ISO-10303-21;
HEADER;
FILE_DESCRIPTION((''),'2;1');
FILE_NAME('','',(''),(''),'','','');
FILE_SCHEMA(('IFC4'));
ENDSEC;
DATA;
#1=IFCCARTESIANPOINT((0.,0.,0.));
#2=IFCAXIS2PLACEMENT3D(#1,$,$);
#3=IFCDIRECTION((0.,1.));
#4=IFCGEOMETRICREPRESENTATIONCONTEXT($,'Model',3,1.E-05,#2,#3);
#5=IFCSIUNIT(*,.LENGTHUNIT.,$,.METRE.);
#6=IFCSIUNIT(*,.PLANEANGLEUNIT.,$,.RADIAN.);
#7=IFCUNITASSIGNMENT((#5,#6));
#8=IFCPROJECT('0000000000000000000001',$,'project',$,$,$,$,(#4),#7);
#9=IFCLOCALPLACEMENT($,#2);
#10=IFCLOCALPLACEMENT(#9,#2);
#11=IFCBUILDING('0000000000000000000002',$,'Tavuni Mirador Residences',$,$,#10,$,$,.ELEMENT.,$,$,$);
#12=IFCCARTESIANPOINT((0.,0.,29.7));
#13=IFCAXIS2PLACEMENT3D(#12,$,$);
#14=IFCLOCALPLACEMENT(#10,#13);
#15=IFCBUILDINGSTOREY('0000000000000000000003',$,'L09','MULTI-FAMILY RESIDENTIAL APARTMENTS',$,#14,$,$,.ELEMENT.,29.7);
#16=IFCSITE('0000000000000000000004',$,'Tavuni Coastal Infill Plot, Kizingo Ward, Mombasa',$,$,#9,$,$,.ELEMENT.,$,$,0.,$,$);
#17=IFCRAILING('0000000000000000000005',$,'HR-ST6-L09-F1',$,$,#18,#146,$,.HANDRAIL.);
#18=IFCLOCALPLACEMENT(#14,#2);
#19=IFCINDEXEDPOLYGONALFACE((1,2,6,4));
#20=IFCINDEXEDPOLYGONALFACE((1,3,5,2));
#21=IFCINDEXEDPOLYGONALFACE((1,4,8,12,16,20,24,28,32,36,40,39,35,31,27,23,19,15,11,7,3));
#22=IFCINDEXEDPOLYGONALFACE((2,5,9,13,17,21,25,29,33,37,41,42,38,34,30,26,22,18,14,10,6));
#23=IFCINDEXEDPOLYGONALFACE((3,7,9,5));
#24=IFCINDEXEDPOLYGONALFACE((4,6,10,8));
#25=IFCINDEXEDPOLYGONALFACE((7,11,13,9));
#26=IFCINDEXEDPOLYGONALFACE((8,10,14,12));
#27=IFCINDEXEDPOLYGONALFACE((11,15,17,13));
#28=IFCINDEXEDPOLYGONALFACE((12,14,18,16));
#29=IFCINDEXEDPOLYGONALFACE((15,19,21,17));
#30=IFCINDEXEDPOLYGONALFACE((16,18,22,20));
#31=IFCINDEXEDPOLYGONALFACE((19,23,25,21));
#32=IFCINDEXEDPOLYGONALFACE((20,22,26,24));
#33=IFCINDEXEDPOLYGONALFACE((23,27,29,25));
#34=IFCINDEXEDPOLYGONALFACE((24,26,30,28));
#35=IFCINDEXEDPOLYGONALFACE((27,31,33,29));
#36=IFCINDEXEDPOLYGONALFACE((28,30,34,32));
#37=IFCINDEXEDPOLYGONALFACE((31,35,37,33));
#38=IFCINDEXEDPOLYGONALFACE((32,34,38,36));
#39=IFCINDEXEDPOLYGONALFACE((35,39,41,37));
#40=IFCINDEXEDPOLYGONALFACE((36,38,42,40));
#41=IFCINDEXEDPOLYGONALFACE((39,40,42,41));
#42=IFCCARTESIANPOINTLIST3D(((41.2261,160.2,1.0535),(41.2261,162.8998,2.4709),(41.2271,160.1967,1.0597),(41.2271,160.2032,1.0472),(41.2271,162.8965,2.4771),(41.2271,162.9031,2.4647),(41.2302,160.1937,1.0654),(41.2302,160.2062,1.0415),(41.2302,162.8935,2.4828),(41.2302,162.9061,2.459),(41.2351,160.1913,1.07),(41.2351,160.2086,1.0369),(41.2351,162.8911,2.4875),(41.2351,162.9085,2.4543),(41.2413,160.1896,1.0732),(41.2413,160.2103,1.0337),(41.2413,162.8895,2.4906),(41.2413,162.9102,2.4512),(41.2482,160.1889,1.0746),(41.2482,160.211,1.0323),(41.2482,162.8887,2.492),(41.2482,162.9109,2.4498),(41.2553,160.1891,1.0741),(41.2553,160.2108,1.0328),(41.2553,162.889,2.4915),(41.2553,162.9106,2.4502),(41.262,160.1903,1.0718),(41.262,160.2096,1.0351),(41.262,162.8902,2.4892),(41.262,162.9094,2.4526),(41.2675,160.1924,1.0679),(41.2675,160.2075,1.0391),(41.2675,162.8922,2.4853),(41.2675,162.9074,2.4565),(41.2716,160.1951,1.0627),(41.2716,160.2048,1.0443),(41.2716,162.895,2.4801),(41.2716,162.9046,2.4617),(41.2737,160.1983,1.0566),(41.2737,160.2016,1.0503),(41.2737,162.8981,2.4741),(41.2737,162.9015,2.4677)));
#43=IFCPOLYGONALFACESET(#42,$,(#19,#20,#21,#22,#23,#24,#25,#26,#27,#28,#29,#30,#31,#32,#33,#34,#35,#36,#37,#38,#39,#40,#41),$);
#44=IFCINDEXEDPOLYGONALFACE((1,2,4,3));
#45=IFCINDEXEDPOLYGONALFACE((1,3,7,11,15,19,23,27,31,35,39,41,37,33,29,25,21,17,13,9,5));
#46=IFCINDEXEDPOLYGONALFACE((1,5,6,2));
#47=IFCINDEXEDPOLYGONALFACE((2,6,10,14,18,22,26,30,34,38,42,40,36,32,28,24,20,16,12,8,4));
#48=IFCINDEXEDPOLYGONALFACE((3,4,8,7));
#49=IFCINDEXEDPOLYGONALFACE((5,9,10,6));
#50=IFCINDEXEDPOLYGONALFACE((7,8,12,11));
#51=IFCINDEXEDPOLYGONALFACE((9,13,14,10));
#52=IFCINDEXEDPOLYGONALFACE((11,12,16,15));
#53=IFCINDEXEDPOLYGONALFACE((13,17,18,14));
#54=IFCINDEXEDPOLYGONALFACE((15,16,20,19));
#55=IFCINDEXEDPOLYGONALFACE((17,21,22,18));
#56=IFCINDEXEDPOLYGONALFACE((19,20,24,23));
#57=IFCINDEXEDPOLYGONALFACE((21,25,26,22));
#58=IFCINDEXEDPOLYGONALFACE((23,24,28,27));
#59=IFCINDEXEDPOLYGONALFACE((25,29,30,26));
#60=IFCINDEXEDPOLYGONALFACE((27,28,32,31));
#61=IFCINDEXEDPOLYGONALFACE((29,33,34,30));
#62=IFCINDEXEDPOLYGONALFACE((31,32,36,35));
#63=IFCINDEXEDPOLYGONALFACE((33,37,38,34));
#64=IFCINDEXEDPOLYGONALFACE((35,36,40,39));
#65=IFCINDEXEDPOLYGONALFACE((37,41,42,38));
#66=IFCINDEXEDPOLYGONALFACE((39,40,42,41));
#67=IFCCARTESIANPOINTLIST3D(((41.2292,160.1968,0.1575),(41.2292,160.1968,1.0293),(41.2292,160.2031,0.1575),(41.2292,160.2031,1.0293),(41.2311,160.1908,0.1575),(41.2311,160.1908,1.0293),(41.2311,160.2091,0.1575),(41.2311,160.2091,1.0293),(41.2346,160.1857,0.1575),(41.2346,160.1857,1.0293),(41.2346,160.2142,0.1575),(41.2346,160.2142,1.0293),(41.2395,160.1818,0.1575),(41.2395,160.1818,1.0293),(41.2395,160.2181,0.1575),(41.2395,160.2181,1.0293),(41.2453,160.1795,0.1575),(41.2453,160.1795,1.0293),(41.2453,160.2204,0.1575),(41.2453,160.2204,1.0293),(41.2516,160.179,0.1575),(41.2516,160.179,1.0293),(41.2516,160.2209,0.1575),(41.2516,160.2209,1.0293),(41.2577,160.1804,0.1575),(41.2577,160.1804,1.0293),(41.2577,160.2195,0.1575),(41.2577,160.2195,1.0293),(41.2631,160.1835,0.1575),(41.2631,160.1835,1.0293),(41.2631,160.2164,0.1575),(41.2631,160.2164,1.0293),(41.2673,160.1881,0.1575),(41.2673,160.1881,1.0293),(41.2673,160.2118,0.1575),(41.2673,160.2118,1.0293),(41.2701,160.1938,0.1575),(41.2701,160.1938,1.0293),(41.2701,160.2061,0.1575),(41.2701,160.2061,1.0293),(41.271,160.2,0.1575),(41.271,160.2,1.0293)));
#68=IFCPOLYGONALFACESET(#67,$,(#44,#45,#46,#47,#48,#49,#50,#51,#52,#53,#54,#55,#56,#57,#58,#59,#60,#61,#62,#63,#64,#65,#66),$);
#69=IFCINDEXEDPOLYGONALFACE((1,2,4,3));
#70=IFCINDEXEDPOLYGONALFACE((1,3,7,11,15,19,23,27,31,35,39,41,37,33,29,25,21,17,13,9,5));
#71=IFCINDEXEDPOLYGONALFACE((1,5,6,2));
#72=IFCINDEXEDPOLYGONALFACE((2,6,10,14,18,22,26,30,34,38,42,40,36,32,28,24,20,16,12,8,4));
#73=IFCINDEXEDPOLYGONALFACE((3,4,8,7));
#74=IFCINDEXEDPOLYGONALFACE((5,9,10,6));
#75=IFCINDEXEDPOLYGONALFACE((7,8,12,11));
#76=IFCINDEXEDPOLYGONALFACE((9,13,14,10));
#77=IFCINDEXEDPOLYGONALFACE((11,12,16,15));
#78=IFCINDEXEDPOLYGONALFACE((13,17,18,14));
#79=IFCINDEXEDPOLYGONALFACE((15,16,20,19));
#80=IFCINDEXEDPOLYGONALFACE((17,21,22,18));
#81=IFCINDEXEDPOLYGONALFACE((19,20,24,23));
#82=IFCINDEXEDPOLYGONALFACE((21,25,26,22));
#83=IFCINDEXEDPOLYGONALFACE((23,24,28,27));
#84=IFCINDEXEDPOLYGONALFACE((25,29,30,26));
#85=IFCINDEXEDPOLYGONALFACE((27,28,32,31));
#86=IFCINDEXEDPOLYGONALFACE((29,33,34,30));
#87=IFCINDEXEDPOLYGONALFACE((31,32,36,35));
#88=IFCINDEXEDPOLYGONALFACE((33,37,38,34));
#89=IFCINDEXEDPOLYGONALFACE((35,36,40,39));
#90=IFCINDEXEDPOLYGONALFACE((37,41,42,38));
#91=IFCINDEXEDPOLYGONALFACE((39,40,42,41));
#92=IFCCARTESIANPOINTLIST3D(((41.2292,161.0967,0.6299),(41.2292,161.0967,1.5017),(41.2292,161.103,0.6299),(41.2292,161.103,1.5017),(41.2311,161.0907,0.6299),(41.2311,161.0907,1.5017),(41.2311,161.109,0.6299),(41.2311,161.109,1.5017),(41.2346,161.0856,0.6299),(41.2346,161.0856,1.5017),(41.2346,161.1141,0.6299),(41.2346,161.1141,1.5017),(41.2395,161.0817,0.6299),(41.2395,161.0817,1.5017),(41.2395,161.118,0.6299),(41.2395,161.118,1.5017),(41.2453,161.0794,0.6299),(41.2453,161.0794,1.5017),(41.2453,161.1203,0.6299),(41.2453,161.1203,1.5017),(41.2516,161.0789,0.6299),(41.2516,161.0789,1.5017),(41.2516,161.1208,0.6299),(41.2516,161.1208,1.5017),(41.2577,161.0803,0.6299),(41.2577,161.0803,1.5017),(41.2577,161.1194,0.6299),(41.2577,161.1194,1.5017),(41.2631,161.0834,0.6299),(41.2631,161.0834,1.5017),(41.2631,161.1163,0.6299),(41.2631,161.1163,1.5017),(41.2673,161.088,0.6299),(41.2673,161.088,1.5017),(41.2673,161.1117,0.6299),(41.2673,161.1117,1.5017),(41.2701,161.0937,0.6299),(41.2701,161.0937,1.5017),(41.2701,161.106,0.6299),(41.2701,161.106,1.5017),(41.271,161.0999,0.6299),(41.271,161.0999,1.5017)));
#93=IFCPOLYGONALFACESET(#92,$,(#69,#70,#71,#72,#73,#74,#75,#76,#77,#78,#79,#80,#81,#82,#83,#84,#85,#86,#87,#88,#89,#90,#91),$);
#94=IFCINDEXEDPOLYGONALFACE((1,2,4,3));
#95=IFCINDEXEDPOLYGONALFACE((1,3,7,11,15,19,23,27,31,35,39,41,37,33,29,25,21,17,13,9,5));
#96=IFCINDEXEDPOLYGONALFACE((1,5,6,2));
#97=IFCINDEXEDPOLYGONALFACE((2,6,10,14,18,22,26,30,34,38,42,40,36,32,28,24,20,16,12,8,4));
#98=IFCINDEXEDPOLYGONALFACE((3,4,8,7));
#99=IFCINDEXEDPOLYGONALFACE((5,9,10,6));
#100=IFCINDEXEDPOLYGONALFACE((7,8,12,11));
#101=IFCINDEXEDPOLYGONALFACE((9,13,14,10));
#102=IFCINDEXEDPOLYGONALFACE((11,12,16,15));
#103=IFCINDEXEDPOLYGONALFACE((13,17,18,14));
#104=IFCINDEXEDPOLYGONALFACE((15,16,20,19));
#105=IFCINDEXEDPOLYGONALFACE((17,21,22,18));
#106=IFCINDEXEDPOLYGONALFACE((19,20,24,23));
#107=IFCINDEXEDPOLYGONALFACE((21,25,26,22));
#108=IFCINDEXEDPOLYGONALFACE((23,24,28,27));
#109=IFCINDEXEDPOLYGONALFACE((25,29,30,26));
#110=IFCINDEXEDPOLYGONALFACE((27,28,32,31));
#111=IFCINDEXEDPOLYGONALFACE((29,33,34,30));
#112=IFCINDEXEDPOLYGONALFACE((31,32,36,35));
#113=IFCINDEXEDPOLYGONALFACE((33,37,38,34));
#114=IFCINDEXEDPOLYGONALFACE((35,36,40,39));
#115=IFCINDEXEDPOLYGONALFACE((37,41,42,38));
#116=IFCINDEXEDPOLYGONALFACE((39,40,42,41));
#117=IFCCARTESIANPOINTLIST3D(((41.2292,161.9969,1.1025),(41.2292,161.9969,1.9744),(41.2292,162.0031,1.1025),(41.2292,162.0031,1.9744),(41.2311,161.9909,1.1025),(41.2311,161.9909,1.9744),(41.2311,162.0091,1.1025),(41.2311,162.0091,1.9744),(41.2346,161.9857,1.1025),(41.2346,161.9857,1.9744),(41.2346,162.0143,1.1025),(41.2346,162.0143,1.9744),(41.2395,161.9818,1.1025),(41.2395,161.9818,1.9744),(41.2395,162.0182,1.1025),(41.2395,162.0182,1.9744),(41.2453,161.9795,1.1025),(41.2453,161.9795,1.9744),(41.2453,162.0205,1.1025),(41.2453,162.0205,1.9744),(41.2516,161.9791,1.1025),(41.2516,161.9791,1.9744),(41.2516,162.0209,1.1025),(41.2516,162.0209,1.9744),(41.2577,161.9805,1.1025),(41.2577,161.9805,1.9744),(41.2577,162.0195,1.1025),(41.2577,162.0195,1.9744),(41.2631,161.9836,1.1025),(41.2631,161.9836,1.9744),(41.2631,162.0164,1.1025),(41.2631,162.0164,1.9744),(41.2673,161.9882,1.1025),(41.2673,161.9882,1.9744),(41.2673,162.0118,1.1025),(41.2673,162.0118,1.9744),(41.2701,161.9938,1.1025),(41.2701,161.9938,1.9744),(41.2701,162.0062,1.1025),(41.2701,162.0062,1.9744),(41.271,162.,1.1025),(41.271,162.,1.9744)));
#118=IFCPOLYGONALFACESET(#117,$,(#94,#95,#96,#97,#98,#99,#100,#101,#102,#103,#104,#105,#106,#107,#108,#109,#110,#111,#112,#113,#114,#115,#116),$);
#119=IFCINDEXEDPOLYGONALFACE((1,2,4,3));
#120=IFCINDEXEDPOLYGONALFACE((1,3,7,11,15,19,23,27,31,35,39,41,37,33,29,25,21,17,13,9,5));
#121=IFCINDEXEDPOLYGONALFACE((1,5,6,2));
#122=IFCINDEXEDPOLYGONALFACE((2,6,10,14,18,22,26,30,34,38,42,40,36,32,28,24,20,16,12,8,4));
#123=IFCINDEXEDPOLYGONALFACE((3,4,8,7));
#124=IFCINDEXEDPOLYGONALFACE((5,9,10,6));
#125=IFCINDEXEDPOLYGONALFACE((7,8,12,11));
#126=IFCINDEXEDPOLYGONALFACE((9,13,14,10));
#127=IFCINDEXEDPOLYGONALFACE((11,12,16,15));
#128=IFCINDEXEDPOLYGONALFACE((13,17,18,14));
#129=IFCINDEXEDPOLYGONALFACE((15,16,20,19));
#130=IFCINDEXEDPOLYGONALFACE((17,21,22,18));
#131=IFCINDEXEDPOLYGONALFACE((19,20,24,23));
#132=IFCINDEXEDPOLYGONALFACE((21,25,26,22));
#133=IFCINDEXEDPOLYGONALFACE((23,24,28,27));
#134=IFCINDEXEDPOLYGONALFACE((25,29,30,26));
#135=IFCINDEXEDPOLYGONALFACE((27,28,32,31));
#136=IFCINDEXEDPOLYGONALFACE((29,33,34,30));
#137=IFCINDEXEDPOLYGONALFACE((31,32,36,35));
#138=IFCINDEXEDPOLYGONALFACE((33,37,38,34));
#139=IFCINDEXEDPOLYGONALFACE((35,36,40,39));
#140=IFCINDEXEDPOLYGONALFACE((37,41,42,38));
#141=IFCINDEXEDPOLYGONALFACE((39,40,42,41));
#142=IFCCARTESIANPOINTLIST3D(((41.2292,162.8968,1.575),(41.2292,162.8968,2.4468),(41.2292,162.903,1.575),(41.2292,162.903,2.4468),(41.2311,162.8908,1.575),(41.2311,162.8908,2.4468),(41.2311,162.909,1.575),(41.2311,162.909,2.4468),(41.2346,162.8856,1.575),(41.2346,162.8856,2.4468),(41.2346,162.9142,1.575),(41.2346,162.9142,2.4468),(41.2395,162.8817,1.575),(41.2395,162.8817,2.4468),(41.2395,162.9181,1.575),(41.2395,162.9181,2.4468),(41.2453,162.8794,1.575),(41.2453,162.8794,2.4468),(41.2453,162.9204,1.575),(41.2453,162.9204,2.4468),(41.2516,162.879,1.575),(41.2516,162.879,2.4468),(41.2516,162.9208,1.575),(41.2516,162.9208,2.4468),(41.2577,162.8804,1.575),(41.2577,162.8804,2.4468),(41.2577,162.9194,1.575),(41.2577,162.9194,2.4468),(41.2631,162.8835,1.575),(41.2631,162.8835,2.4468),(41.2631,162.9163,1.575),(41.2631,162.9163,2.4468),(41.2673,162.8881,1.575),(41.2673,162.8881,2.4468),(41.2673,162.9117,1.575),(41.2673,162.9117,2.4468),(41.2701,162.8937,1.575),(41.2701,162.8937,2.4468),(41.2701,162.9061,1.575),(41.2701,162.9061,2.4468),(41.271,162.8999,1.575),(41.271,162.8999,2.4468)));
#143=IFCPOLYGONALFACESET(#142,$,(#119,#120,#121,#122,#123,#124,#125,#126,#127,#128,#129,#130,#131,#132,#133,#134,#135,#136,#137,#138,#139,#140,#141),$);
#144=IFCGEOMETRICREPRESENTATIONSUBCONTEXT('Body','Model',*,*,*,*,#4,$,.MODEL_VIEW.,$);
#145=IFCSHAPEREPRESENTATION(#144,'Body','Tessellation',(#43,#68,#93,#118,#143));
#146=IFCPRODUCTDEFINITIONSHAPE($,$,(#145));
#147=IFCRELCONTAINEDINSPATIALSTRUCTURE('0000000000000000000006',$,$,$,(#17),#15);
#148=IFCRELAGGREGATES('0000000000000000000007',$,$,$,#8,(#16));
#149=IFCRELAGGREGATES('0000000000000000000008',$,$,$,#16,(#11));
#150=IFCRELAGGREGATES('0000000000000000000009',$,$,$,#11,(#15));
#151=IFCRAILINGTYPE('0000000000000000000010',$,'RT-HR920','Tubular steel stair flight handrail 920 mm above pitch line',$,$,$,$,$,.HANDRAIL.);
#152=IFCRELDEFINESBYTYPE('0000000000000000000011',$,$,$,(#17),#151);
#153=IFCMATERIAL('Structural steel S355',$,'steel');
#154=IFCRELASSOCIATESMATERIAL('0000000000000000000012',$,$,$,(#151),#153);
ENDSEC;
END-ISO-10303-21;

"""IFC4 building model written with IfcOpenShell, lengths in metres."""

from ifc_helpers import new_model, si_unit, direction, frame, origin, origin_2d, place, context, subcontext, project, spatial, circle, extrude, material, type_object, element, save


model = new_model("IFC4")

# Units and contexts
model_context = context("Model", 3, precision=1e-05, world=origin(), true_north=direction((0.0, 1.0)))
body_context = subcontext(model_context, "Body", "Model", "MODEL_VIEW")
ifc_project = project(units=[si_unit("LENGTHUNIT", "METRE"), si_unit("PLANEANGLEUNIT", "RADIAN")], contexts=[model_context])

# Site, building, storey
site_placement = place(None, origin())
site = spatial("IfcSite", under=ifc_project, at=site_placement, Name="Tavuni Coastal Infill Plot, Kizingo Ward, Mombasa", CompositionType="ELEMENT", RefElevation=0.0)
building_placement = place(site_placement, origin())
building = spatial("IfcBuilding", under=site, at=building_placement, Name="Tavuni Mirador Residences", CompositionType="ELEMENT")
storey_placement = place(building_placement, frame((0.0, 0.0, 29.7)))
storey = spatial("IfcBuildingStorey", under=building, at=storey_placement, Name="L09", Description="MULTI-FAMILY RESIDENTIAL APARTMENTS", CompositionType="ELEMENT", Elevation=29.7)

# Shared definitions
ifc_material_1 = material(Name="Structural steel S355", Category="steel")

# Railing
railing_type_1 = type_object("IfcRailingType", Name="RT-HR920", Description="Tubular steel stair flight handrail 920 mm above pitch line", PredefinedType="HANDRAIL", material=ifc_material_1)
railing_1_placement = place(storey_placement, frame((41.25, 160.2, 0.1575)))
element("IfcRailing", 1, at=railing_1_placement, inside=storey, type_object=railing_type_1, Name="HR-ST6-L09-F1", PredefinedType="HANDRAIL", context=body_context, shape_type="SweptSolid", body=[
    extrude(circle(Radius=0.0239, at=origin_2d()), frame((0.0, 0.0, 0.896), z_axis=(0.0, 0.885397, 0.464835), x_axis=(-1.0, 0.0, 0.0)), (0.0, 0.0, 1.0), 3.0493),
    extrude(circle(Radius=0.021, at=origin_2d()), origin(), (0.0, 0.0, 1.0), 0.8718),
    extrude(circle(Radius=0.021, at=origin_2d()), frame((0.0, 0.8999, 0.4724)), (0.0, 0.0, 1.0), 0.8718),
    extrude(circle(Radius=0.021, at=origin_2d()), frame((0.0, 1.8, 0.9451)), (0.0, 0.0, 1.0), 0.8718),
    extrude(circle(Radius=0.021, at=origin_2d()), frame((0.0, 2.7, 1.4175)), (0.0, 0.0, 1.0), 0.8718),
])

save(model, "model.ifc")
